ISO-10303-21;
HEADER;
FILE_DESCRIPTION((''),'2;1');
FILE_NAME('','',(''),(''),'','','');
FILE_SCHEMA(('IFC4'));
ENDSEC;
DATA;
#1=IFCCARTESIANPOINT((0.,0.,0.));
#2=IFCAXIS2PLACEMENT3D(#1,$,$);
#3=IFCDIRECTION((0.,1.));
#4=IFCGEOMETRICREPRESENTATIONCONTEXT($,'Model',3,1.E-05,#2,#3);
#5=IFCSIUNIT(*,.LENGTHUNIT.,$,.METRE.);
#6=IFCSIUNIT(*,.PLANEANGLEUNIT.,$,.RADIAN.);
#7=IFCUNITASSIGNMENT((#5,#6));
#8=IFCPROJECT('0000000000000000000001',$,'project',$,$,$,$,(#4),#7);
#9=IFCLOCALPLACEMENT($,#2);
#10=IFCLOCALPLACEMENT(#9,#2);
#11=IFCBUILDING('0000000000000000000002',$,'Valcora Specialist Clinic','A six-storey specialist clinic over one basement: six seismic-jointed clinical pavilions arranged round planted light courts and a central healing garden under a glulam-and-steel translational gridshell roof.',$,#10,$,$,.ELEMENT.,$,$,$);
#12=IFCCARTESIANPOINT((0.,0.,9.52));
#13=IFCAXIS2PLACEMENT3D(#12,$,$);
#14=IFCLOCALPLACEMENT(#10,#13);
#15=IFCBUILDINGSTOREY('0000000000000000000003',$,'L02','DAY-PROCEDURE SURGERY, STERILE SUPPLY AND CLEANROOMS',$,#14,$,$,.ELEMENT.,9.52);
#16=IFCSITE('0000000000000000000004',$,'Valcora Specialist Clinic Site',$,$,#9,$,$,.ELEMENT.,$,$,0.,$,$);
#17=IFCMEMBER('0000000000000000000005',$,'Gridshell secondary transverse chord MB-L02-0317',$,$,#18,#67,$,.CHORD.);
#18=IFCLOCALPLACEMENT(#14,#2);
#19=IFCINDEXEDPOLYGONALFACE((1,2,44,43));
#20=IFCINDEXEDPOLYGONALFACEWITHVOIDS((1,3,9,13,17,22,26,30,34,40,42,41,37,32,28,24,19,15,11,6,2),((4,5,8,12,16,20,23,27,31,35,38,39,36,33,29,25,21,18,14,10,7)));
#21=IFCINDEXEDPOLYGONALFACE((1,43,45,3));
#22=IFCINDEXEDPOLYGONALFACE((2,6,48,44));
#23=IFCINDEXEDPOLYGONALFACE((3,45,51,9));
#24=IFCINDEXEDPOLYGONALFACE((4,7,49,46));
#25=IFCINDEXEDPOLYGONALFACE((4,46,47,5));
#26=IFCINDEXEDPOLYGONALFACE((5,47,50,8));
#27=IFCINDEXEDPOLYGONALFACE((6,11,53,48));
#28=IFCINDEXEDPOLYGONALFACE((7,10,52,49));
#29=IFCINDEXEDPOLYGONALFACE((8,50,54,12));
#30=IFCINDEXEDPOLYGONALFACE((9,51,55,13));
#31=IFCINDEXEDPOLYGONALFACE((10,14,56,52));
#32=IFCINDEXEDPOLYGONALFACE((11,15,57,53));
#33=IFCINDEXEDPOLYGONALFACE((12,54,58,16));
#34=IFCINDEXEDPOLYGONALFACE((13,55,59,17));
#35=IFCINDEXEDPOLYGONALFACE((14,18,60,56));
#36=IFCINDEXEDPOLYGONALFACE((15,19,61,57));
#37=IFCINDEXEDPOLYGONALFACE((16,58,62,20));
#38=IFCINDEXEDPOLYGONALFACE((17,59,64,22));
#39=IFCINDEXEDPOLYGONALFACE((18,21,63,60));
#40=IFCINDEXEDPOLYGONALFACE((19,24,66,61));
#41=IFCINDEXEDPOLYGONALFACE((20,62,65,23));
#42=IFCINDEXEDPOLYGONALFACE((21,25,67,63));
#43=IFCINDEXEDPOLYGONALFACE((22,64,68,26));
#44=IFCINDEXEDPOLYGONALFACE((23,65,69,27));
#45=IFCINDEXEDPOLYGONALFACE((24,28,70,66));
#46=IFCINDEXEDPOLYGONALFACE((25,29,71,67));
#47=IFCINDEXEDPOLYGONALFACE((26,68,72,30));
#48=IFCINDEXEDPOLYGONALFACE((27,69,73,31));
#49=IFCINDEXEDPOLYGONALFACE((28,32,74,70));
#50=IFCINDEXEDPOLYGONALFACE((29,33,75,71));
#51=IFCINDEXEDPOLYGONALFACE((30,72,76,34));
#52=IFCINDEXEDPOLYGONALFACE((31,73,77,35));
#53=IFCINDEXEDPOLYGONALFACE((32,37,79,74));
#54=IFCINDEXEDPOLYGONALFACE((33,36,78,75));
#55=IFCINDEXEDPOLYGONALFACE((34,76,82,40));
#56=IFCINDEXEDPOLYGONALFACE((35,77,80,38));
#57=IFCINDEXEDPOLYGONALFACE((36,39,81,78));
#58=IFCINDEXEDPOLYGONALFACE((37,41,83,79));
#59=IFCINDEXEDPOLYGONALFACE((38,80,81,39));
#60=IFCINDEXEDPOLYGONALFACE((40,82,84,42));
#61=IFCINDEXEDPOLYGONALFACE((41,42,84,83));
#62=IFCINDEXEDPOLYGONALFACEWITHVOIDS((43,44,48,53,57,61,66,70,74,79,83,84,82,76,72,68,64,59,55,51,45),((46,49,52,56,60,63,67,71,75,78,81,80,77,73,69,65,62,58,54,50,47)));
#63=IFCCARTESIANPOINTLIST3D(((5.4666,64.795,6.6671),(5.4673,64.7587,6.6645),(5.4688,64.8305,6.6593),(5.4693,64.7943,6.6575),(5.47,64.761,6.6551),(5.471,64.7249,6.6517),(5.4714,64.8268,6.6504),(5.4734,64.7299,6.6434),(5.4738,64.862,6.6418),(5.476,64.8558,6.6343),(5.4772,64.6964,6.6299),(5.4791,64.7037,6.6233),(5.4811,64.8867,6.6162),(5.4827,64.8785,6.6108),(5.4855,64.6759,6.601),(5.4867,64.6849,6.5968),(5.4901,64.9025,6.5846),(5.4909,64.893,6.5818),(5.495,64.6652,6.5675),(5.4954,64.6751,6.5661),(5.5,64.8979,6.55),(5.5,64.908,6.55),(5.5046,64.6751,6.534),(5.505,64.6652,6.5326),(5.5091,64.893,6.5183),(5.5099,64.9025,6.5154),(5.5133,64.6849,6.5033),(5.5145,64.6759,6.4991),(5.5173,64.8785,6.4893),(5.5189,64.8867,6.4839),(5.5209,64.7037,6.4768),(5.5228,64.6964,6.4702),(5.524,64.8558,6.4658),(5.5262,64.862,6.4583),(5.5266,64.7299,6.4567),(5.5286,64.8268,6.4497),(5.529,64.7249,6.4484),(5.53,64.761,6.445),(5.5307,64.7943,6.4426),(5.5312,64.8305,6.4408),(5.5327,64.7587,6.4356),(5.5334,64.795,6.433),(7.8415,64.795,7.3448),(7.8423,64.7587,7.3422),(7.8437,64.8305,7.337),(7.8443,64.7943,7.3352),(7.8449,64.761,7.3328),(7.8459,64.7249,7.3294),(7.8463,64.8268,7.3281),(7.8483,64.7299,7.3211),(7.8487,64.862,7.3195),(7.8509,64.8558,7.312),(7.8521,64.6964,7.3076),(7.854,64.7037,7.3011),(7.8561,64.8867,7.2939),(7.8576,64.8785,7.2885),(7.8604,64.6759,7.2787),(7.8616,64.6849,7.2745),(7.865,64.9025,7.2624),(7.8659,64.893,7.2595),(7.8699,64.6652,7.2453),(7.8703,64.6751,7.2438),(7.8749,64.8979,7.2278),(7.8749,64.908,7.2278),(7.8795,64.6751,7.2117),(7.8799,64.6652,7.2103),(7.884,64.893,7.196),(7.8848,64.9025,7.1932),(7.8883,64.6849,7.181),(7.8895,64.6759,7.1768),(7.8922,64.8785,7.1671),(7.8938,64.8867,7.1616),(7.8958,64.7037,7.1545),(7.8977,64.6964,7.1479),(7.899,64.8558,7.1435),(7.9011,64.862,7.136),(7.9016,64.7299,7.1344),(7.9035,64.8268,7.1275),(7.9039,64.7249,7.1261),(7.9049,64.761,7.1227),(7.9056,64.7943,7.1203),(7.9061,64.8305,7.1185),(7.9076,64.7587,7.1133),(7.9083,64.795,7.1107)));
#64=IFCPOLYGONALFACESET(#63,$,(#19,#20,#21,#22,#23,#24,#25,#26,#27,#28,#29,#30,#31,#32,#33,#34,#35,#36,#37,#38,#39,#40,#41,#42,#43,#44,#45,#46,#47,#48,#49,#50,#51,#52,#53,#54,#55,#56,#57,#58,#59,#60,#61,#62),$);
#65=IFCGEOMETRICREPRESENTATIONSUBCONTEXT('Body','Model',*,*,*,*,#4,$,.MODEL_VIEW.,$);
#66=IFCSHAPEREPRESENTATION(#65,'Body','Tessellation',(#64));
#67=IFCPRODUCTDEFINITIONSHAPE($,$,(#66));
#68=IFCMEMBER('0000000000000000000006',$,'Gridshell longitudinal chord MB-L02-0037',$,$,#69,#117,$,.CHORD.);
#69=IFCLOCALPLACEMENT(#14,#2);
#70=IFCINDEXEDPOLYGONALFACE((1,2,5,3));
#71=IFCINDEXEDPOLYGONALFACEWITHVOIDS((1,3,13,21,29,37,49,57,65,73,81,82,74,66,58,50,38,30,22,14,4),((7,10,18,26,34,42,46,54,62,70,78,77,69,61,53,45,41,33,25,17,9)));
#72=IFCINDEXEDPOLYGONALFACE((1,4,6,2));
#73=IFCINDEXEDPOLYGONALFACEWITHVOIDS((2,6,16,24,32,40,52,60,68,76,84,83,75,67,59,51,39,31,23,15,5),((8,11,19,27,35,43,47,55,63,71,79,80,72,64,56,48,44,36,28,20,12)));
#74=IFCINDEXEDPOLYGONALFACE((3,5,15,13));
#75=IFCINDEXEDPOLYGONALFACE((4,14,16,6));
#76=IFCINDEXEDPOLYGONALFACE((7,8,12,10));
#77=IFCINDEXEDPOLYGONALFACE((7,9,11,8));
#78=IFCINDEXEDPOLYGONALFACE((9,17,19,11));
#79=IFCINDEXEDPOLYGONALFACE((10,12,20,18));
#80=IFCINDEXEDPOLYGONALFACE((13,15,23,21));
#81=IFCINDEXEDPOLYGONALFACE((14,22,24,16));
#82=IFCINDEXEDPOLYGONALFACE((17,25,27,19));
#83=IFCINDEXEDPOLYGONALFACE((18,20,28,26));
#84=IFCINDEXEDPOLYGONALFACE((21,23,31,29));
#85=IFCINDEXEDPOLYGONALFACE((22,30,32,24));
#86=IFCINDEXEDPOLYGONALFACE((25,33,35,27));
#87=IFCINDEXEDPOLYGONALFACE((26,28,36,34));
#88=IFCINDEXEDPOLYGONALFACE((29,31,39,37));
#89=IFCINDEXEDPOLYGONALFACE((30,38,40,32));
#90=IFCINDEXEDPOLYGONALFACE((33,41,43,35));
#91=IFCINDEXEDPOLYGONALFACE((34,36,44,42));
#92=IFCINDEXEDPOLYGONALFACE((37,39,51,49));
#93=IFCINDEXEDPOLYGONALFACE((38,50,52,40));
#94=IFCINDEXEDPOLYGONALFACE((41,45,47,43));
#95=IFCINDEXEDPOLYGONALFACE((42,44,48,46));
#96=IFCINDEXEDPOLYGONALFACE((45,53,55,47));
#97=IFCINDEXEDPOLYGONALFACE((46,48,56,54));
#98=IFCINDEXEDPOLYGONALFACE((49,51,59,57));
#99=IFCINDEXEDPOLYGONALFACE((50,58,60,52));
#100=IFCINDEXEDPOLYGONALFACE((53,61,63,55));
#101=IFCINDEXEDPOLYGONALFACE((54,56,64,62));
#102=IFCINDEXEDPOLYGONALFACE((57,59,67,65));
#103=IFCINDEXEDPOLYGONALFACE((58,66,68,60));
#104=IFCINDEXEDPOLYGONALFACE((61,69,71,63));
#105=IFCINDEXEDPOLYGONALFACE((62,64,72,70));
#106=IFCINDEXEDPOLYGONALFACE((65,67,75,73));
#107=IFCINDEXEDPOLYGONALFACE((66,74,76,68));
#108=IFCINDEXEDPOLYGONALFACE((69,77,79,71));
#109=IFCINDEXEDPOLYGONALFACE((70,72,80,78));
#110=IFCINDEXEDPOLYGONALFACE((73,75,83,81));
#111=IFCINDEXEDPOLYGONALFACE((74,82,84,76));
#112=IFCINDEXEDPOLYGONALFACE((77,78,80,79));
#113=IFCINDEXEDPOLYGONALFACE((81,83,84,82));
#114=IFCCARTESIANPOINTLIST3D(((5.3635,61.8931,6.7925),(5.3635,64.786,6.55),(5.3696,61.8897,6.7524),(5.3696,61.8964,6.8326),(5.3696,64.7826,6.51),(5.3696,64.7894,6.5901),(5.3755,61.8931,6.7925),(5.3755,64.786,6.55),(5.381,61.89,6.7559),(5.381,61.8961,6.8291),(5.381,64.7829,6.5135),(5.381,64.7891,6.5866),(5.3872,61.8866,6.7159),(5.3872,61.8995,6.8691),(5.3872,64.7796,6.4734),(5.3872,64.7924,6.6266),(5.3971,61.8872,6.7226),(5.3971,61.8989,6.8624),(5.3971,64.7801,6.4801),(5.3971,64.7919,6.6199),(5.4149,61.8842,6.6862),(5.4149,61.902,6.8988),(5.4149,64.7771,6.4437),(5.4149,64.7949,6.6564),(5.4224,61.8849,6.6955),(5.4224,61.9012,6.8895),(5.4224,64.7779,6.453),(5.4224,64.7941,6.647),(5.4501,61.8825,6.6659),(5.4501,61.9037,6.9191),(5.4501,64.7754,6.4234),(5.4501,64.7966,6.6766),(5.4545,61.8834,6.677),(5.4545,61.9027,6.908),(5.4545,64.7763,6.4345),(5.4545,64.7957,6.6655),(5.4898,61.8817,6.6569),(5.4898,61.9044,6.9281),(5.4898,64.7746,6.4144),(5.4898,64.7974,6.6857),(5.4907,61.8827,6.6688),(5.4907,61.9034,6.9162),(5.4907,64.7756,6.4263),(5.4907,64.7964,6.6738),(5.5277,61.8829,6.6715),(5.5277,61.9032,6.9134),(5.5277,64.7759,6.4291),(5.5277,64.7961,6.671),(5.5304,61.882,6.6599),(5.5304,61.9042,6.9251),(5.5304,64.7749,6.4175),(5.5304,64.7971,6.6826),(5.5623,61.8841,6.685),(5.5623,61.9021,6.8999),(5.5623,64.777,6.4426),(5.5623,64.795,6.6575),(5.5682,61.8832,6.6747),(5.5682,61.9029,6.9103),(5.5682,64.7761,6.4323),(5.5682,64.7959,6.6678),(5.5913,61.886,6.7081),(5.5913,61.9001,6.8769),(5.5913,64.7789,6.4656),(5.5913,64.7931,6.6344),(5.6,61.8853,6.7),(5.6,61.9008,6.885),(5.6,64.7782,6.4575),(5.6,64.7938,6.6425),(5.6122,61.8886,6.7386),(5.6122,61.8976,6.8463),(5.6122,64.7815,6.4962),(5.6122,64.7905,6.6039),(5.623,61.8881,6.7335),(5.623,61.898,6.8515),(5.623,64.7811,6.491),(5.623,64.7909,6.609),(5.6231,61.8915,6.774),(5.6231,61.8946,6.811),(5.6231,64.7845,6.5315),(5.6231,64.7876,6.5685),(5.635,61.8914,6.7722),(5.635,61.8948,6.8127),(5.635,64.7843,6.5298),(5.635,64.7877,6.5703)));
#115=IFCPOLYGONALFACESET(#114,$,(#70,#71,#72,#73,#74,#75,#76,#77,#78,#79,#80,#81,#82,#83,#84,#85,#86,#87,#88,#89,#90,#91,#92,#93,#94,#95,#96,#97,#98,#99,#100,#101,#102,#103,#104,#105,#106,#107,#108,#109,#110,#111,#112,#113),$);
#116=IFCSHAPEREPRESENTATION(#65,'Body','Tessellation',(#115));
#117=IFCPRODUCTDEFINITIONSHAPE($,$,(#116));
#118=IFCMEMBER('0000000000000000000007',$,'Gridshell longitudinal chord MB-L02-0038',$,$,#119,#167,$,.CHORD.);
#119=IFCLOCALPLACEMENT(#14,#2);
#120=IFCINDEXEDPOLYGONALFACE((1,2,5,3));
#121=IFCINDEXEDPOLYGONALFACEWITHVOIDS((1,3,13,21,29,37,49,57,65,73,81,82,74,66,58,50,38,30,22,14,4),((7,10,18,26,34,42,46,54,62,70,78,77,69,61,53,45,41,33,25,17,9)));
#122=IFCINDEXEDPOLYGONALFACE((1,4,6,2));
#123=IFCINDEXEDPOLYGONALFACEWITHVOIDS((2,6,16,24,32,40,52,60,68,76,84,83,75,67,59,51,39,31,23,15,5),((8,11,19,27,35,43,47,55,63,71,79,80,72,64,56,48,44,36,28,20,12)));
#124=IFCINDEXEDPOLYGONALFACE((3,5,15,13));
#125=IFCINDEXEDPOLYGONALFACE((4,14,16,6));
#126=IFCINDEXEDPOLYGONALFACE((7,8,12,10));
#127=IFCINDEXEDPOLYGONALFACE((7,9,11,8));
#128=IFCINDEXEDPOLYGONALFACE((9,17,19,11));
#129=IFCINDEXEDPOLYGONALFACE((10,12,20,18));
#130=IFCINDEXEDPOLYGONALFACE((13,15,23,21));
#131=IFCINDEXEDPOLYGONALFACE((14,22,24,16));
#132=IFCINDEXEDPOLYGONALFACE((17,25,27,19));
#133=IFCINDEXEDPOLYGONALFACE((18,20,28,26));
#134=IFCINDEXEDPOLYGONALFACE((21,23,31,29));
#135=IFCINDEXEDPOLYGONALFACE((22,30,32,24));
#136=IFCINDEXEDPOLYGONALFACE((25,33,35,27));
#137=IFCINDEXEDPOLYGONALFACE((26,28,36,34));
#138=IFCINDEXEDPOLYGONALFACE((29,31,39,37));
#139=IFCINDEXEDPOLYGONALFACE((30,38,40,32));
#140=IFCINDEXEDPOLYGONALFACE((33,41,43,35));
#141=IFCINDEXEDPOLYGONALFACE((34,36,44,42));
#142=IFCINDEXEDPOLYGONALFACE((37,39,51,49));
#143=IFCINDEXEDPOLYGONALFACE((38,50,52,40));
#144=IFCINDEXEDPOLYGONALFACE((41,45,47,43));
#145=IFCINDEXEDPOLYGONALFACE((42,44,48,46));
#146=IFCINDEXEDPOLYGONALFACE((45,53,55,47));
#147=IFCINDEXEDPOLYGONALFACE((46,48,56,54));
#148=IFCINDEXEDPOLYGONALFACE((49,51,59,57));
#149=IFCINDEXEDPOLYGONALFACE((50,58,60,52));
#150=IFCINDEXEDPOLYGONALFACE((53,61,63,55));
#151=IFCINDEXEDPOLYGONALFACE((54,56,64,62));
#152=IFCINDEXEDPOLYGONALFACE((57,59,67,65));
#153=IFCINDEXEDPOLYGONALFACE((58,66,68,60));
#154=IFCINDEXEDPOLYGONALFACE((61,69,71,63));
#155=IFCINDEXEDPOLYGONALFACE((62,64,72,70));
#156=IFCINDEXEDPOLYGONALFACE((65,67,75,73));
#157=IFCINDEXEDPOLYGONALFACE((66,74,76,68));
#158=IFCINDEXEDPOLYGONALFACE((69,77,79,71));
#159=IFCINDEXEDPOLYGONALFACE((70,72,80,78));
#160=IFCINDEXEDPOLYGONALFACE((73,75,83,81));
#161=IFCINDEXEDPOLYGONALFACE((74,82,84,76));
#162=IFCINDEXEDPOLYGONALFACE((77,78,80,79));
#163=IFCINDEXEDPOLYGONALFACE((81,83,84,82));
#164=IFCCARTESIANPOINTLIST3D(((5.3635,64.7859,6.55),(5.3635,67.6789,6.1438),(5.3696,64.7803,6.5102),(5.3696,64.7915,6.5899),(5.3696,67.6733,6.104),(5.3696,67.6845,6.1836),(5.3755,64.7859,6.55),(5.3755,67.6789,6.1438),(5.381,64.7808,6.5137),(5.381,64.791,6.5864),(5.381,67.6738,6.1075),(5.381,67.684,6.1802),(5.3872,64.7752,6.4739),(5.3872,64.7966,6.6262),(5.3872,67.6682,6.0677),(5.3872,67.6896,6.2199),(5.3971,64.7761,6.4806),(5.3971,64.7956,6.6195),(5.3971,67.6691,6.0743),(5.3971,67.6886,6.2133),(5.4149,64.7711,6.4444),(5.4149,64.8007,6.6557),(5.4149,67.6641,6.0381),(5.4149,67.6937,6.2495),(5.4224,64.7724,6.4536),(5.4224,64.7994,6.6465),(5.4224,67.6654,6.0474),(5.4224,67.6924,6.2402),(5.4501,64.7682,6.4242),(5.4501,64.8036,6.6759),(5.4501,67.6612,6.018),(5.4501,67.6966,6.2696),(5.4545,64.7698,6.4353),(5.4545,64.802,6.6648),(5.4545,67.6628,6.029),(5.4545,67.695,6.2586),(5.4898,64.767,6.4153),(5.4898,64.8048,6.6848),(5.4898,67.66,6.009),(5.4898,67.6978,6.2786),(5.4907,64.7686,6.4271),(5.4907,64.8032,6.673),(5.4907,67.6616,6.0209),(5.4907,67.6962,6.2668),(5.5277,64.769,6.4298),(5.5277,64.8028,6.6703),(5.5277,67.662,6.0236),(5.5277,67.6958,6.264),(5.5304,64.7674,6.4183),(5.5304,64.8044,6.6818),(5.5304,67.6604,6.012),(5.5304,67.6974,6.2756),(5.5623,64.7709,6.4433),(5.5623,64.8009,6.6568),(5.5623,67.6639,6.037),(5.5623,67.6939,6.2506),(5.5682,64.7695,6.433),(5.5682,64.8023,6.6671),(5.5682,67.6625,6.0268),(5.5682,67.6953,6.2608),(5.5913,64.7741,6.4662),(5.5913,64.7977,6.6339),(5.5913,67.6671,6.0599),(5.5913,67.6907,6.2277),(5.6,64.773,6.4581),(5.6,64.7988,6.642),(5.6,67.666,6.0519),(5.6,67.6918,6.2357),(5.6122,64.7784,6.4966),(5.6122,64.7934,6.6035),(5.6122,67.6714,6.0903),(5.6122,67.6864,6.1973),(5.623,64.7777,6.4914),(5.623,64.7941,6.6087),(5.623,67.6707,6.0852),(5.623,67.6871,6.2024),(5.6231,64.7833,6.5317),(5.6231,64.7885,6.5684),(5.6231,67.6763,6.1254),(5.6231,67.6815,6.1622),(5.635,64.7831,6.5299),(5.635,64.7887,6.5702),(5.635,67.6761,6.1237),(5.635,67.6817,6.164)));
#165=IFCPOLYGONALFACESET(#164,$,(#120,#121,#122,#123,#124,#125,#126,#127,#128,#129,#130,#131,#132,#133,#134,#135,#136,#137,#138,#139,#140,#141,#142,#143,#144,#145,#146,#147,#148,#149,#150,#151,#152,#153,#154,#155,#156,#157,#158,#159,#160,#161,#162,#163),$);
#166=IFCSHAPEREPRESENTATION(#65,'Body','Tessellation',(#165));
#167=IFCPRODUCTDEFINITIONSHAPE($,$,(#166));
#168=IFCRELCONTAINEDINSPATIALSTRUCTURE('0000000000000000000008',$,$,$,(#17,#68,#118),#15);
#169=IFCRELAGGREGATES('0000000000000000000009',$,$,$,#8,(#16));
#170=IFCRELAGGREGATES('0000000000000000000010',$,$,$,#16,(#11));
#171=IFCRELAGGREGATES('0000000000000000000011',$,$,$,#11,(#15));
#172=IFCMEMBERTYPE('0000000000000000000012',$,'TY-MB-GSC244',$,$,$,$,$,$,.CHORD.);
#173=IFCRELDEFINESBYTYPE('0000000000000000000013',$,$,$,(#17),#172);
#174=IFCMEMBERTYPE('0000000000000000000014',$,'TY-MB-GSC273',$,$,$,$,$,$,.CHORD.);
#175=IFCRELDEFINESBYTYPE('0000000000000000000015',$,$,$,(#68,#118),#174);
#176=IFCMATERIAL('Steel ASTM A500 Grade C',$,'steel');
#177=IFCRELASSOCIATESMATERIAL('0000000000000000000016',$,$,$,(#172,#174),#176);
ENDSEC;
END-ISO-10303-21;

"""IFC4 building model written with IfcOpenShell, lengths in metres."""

from ifc_helpers import new_model, si_unit, direction, frame, origin, origin_2d, place, context, subcontext, project, spatial, hollow_circle, extrude, material, material_profile, profile_set, type_object, element, save


model = new_model("IFC4")

# Units and contexts
model_context = context("Model", 3, precision=1e-05, world=origin(), true_north=direction((0.0, 1.0)))
body_context = subcontext(model_context, "Body", "Model", "MODEL_VIEW")
ifc_project = project(units=[si_unit("LENGTHUNIT", "METRE"), si_unit("PLANEANGLEUNIT", "RADIAN")], contexts=[model_context])

# Site, building, storey
site_placement = place(None, origin())
site = spatial("IfcSite", under=ifc_project, at=site_placement, Name="Valcora Specialist Clinic Site", CompositionType="ELEMENT", RefElevation=0.0)
building_placement = place(site_placement, origin())
building = spatial("IfcBuilding", under=site, at=building_placement, Name="Valcora Specialist Clinic", Description="A six-storey specialist clinic over one basement: six seismic-jointed clinical pavilions arranged round planted light courts and a central healing garden under a glulam-and-steel translational gridshell roof.", CompositionType="ELEMENT")
storey_placement = place(building_placement, frame((0.0, 0.0, 9.52)))
storey = spatial("IfcBuildingStorey", under=building, at=storey_placement, Name="L02", Description="DAY-PROCEDURE SURGERY, STERILE SUPPLY AND CLEANROOMS", CompositionType="ELEMENT", Elevation=9.52)

# Members
ifc_material_1 = material(Name="Steel ASTM A500 Grade C", Category="steel")
ifc_material_profile_1 = material_profile(ifc_material_1, hollow_circle(Radius=0.1221, WallThickness=0.01, at=origin_2d()), Name="ST-CHS-244X10")
ifc_profile_set_1 = profile_set([ifc_material_profile_1], Name="Steel ASTM A500 Grade C")
member_type_1 = type_object("IfcMemberType", Name="TY-MB-GSC244", PredefinedType="CHORD", material=ifc_profile_set_1)
member_1_placement = place(storey_placement, frame((5.5, 64.7859, 6.55), z_axis=(0.961613, 0.0, 0.274408), x_axis=(0.0, 1.0, 0.0)))
element("IfcMember", 1, at=member_1_placement, inside=storey, type_object=member_type_1, Name="Gridshell secondary transverse chord MB-L02-0317", PredefinedType="CHORD", context=body_context, shape_type="SweptSolid", body=[
    extrude(hollow_circle(Radius=0.1221, WallThickness=0.01, at=origin_2d()), origin(), (0.0, 0.0, 1.0), 2.4697),
])
ifc_material_profile_2 = material_profile(ifc_material_1, hollow_circle(Radius=0.1365, WallThickness=0.012, at=origin_2d()), Name="ST-CHS-273X12")
ifc_profile_set_2 = profile_set([ifc_material_profile_2], Name="Steel ASTM A500 Grade C")
member_type_2 = type_object("IfcMemberType", Name="TY-MB-GSC273", PredefinedType="CHORD", material=ifc_profile_set_2)
member_2_placement = place(storey_placement, frame((5.5, 61.8931, 6.7925), z_axis=(0.0, 0.996507, -0.083512), x_axis=(-1.0, 0.0, 0.0)))
element("IfcMember", 2, at=member_2_placement, inside=storey, type_object=member_type_2, Name="Gridshell longitudinal chord MB-L02-0037", PredefinedType="CHORD", context=body_context, shape_type="SweptSolid", body=[
    extrude(hollow_circle(Radius=0.1365, WallThickness=0.012, at=origin_2d()), origin(), (0.0, 0.0, 1.0), 2.9031),
])
member_3_placement = place(storey_placement, frame((5.5, 64.7859, 6.55), z_axis=(0.0, 0.990284, -0.139058), x_axis=(-1.0, 0.0, 0.0)))
element("IfcMember", 3, at=member_3_placement, inside=storey, type_object=member_type_2, Name="Gridshell longitudinal chord MB-L02-0038", PredefinedType="CHORD", context=body_context, shape_type="SweptSolid", body=[
    extrude(hollow_circle(Radius=0.1365, WallThickness=0.012, at=origin_2d()), origin(), (0.0, 0.0, 1.0), 2.9214),
])

save(model, "model.ifc")
